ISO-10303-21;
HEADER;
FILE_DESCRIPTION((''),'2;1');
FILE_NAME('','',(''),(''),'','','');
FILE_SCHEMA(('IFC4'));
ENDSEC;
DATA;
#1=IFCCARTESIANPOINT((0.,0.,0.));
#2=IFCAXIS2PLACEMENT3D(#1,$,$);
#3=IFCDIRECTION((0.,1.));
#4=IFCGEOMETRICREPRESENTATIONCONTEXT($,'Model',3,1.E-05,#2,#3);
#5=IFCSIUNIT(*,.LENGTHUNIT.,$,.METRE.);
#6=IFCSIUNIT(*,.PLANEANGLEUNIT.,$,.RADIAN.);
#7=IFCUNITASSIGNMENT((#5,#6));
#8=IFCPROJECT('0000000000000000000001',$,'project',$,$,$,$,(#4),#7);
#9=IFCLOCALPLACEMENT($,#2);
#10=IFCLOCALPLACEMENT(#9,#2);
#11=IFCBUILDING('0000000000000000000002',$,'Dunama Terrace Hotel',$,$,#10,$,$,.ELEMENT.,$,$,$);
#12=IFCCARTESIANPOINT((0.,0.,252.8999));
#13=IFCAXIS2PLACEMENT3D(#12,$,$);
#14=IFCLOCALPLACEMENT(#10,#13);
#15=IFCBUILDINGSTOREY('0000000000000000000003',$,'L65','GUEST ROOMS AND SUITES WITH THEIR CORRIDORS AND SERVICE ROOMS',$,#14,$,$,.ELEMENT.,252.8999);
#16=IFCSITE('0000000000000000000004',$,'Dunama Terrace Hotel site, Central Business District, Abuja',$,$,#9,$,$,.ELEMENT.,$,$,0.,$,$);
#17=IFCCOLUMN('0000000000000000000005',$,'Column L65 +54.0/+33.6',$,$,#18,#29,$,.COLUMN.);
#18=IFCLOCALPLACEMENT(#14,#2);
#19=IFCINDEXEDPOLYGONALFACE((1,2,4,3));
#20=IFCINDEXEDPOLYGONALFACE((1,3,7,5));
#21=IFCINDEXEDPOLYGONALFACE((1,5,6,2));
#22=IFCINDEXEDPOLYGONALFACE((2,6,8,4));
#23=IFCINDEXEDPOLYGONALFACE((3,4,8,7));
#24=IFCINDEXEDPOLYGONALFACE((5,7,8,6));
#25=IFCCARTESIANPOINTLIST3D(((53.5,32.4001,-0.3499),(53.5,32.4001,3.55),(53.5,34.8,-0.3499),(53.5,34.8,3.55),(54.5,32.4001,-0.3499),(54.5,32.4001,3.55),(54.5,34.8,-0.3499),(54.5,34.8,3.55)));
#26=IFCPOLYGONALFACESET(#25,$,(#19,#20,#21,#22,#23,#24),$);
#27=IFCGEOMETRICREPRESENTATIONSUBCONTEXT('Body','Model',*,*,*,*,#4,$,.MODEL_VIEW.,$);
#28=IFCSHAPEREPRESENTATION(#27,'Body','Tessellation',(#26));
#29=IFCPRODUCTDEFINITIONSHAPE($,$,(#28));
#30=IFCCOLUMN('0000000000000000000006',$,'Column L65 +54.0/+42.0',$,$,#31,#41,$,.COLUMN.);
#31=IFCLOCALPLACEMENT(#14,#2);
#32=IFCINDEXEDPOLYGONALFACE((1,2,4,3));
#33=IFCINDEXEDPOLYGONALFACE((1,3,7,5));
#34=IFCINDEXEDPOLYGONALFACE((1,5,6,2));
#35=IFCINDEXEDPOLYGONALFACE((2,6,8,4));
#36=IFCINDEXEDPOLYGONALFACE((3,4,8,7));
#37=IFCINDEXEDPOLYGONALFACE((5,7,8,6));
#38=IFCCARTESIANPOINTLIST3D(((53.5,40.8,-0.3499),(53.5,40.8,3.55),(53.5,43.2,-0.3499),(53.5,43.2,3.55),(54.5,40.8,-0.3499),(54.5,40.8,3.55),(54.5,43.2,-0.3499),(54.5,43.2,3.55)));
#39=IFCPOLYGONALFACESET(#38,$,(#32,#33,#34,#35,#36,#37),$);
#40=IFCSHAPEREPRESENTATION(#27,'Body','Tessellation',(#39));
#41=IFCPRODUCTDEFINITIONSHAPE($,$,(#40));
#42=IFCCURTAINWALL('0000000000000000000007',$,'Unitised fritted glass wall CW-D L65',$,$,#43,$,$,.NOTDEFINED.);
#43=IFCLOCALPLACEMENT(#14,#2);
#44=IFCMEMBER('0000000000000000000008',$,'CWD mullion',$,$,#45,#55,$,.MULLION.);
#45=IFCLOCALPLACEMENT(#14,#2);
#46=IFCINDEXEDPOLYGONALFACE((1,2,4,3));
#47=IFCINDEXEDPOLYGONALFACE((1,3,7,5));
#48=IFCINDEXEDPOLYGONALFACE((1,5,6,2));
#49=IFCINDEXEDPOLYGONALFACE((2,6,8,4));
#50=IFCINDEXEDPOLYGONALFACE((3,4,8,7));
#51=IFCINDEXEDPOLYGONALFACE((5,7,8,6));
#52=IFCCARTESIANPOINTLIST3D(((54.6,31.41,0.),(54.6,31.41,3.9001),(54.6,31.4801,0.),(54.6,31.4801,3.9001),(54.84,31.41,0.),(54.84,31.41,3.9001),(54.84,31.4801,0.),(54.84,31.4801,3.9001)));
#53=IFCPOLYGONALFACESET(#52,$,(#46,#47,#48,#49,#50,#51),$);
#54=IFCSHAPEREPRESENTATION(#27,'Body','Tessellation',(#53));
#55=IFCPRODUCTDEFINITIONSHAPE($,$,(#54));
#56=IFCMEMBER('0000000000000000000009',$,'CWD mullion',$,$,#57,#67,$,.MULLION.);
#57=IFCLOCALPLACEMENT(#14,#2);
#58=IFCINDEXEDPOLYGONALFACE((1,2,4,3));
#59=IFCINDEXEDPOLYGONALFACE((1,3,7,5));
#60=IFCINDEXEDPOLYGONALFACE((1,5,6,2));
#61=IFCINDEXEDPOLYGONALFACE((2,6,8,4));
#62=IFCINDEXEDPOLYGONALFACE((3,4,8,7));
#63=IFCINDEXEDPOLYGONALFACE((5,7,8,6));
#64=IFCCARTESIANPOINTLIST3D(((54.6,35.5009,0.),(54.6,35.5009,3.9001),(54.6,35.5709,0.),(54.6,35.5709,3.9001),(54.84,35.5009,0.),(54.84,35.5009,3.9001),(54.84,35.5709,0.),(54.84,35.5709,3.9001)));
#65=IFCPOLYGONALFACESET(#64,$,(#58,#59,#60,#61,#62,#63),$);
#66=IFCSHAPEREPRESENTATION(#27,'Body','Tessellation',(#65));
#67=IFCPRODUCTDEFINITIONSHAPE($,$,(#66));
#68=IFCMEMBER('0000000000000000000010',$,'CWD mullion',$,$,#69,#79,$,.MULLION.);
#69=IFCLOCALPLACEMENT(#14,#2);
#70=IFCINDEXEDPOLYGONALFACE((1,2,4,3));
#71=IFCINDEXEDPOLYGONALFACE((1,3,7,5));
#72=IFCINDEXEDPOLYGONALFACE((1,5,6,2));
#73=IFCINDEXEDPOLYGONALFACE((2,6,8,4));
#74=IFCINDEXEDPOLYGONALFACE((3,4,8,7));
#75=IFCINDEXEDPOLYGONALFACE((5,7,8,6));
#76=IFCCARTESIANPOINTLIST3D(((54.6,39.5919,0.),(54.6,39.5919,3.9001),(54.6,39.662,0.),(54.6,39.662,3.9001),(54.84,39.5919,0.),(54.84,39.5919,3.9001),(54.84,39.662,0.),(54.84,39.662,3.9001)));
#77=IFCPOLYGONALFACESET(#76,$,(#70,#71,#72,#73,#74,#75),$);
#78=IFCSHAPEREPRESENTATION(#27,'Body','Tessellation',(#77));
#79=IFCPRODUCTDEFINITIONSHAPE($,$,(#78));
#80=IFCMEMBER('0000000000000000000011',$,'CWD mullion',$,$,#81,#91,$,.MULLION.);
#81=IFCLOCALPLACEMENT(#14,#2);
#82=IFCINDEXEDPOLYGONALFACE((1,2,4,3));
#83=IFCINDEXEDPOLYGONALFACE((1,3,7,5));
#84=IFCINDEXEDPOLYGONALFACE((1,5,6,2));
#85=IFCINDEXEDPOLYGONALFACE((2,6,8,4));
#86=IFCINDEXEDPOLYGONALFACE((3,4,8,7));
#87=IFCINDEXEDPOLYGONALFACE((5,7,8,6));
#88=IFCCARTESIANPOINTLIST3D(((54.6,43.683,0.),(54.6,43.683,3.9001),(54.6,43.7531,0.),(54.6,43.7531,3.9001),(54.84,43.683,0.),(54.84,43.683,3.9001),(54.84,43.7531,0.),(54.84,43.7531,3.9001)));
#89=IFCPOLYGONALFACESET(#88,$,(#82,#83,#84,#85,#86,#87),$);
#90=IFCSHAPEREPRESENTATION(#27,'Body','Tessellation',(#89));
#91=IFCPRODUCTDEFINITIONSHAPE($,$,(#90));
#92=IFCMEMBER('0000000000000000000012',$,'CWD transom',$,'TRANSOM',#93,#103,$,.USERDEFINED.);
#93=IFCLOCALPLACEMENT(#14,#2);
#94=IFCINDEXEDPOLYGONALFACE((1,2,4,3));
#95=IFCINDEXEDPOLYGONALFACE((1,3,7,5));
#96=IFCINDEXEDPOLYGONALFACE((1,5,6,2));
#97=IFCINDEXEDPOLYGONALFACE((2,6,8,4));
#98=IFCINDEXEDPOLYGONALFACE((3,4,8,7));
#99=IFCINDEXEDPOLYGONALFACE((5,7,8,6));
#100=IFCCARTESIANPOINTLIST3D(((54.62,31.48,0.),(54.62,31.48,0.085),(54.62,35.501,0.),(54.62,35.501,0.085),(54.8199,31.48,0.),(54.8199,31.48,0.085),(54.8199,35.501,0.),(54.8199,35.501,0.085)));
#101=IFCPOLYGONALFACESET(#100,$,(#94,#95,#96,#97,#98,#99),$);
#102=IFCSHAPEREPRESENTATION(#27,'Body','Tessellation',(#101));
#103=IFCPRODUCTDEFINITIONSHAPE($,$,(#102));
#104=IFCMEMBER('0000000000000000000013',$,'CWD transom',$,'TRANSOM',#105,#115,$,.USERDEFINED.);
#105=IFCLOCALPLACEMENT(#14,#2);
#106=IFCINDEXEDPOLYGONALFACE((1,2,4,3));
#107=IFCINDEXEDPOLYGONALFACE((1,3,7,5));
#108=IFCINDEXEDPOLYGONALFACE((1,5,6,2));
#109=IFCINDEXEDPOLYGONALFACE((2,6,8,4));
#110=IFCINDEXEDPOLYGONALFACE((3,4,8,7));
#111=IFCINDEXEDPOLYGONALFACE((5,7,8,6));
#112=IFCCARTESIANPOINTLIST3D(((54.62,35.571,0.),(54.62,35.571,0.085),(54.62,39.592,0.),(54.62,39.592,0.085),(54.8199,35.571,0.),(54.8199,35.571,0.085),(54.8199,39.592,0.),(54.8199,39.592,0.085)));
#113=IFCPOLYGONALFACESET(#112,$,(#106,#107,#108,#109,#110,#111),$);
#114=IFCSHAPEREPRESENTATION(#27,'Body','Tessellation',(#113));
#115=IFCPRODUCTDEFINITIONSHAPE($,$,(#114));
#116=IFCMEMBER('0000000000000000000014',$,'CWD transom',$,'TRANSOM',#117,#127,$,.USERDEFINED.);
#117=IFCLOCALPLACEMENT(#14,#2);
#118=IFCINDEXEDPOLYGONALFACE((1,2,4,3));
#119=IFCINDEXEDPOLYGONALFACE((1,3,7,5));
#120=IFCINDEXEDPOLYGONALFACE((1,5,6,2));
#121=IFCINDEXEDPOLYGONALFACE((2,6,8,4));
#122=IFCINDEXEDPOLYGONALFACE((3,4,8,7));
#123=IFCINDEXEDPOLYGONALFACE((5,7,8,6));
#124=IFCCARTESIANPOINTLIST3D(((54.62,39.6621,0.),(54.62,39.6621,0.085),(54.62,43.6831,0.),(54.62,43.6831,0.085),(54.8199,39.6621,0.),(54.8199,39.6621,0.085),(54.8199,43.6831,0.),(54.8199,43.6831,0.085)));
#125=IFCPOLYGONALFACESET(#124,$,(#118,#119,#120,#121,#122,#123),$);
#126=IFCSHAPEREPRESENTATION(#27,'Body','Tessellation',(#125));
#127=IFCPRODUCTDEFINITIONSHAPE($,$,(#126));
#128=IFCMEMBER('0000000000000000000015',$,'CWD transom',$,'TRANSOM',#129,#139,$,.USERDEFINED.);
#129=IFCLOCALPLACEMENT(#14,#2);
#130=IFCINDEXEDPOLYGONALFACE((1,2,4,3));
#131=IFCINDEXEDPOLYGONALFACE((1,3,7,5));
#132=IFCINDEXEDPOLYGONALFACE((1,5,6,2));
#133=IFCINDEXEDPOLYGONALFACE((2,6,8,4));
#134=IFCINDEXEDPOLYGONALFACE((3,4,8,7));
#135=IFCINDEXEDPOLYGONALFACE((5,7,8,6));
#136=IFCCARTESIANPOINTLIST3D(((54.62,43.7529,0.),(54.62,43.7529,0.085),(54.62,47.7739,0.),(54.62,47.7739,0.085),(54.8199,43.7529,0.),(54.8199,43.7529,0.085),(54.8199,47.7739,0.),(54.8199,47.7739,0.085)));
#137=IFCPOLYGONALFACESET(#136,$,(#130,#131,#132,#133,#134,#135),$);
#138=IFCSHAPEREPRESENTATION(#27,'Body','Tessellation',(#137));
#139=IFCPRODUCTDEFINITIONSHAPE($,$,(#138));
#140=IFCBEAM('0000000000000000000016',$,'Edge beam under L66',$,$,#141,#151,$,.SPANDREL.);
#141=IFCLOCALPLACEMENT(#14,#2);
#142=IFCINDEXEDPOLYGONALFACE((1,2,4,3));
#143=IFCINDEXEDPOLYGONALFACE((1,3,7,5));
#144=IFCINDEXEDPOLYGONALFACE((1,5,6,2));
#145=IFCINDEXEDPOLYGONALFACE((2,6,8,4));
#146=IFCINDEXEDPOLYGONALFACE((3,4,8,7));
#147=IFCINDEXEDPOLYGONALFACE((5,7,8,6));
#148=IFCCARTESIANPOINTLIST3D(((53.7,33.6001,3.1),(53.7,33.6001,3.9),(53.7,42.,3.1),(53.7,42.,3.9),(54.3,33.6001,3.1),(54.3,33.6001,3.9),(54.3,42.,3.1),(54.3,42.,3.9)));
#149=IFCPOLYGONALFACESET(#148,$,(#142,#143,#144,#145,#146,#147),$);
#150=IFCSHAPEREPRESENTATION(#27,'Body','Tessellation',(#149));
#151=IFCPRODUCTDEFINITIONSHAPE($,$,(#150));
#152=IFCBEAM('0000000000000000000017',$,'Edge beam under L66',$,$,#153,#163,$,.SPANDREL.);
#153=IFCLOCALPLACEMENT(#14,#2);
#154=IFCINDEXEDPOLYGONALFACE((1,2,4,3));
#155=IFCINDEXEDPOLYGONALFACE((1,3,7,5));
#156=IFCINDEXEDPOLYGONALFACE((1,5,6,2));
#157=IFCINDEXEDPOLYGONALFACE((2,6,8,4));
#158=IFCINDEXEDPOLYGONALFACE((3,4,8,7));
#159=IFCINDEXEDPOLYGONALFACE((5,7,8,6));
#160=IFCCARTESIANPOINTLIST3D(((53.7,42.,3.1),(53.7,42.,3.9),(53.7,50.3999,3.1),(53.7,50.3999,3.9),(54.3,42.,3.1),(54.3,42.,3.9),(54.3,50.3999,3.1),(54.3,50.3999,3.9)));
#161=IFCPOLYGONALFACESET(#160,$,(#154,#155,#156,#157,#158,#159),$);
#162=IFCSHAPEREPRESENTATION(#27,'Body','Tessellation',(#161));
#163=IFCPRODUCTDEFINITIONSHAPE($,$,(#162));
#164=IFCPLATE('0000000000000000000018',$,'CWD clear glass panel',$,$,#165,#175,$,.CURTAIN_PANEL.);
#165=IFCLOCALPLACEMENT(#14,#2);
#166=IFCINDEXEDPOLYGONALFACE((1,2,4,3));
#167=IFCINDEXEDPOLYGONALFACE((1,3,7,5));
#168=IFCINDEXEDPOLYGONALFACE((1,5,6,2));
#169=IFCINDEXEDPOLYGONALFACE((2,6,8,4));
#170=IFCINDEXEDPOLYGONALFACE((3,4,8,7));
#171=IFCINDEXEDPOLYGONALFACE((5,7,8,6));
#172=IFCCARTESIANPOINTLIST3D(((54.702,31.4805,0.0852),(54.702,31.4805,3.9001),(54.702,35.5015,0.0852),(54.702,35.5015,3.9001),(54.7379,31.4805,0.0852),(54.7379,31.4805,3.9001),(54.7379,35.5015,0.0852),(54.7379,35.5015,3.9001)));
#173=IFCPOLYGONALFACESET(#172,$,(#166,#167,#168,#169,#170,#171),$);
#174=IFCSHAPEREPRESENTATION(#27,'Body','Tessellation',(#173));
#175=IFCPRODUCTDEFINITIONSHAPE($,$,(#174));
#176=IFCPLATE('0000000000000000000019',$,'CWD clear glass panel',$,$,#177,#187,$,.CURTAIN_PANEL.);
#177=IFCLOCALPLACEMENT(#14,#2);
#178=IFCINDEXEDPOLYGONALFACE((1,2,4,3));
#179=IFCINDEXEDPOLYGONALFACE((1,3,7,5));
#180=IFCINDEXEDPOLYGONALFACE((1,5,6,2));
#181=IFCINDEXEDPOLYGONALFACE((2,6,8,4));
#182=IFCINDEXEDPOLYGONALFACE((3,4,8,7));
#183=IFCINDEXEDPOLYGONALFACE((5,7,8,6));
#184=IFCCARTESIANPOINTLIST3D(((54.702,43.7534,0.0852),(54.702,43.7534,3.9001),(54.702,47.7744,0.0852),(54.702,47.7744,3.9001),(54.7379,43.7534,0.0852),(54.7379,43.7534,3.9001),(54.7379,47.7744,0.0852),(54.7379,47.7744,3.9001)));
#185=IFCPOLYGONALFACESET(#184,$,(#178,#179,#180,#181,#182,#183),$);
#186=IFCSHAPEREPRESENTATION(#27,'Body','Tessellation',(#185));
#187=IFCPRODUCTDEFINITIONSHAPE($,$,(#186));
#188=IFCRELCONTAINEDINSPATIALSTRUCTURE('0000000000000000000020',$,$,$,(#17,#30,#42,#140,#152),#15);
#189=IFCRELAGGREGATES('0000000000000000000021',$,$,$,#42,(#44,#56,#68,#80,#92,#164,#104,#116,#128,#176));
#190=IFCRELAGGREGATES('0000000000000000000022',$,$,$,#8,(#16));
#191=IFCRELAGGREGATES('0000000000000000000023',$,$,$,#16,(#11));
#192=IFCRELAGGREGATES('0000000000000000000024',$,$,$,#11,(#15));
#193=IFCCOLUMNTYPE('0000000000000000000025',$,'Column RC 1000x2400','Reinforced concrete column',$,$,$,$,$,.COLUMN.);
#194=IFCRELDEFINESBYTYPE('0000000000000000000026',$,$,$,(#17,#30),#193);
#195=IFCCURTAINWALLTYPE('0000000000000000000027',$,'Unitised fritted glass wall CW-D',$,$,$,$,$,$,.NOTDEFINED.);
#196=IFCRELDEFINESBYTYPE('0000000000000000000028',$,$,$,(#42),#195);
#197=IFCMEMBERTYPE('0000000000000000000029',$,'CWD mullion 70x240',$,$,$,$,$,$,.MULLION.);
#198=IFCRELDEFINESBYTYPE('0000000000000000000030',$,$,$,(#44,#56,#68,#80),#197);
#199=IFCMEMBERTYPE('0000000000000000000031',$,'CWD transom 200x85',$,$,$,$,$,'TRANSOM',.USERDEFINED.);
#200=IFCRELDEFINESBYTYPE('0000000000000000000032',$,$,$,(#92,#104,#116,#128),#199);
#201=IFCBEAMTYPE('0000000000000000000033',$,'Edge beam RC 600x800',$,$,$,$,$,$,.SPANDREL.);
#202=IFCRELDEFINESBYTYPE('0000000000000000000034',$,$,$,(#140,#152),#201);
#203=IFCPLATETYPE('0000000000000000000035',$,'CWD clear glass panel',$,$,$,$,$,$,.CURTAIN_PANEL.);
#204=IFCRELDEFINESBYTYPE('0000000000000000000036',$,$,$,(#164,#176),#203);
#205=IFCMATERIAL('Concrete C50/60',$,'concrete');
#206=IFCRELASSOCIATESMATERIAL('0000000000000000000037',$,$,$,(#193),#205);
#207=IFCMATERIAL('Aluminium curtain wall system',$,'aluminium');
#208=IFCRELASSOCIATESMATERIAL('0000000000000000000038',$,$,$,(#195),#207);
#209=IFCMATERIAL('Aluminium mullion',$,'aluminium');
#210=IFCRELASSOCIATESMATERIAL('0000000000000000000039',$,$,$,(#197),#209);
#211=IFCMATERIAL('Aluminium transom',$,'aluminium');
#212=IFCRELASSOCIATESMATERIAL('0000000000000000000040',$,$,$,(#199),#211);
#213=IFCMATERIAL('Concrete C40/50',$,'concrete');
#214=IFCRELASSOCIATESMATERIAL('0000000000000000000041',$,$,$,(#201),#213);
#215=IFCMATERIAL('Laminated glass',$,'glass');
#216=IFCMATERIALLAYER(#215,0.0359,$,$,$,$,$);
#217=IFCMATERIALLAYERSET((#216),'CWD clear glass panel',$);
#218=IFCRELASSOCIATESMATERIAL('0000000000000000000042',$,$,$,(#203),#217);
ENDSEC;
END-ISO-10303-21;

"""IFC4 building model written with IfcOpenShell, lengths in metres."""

from ifc_helpers import new_model, si_unit, direction, frame, origin, origin_2d, place, context, subcontext, project, spatial, rectangle, extrude, material, layer, layer_set, material_profile, profile_set, type_object, element, aggregate, save


model = new_model("IFC4")

# Units and contexts
model_context = context("Model", 3, precision=1e-05, world=origin(), true_north=direction((0.0, 1.0)))
body_context = subcontext(model_context, "Body", "Model", "MODEL_VIEW")
ifc_project = project(units=[si_unit("LENGTHUNIT", "METRE"), si_unit("PLANEANGLEUNIT", "RADIAN")], contexts=[model_context])

# Site, building, storey
site_placement = place(None, origin())
site = spatial("IfcSite", under=ifc_project, at=site_placement, Name="Dunama Terrace Hotel site, Central Business District, Abuja", CompositionType="ELEMENT", RefElevation=0.0)
building_placement = place(site_placement, origin())
building = spatial("IfcBuilding", under=site, at=building_placement, Name="Dunama Terrace Hotel", CompositionType="ELEMENT")
storey_placement = place(building_placement, frame((0.0, 0.0, 252.8999)))
storey = spatial("IfcBuildingStorey", under=building, at=storey_placement, Name="L65", Description="GUEST ROOMS AND SUITES WITH THEIR CORRIDORS AND SERVICE ROOMS", CompositionType="ELEMENT", Elevation=252.8999)

# Columns
ifc_material_1 = material(Name="Concrete C50/60", Category="concrete")
ifc_material_profile_1 = material_profile(ifc_material_1, rectangle(XDim=1.0, YDim=2.3999, at=origin_2d()), Name="RC 1000x2400")
ifc_profile_set_1 = profile_set([ifc_material_profile_1], Name="Concrete C50/60")
column_type = type_object("IfcColumnType", Name="Column RC 1000x2400", Description="Reinforced concrete column", PredefinedType="COLUMN", material=ifc_profile_set_1)
for number, where, z_axis, x_axis, name in (
    (1, (54.0, 33.6001, -0.3499), (0.0, 0.0, 1.0), (1.0, 0.0, 0.0), "Column L65 +54.0/+33.6"),
    (2, (54.0, 42.0, -0.3499), (0.0, 0.0, 1.0), (1.0, 0.0, 0.0), "Column L65 +54.0/+42.0"),
):
    element("IfcColumn", number, at=place(storey_placement, frame(where, z_axis=z_axis, x_axis=x_axis)), inside=storey, type_object=column_type, Name=name, PredefinedType="COLUMN", context=body_context, shape_type="SweptSolid", body=[
        extrude(rectangle(XDim=1.0, YDim=2.3999, at=origin_2d()), origin(), (0.0, 0.0, 1.0), 3.8999),
    ])

# Curtain wall, members
ifc_material_2 = material(Name="Aluminium curtain wall system", Category="aluminium")
curtain_wall_type = type_object("IfcCurtainWallType", Name="Unitised fritted glass wall CW-D", PredefinedType="NOTDEFINED", material=ifc_material_2)
curtain_wall_placement = place(storey_placement, origin())
curtain_wall = element("IfcCurtainWall", 3, at=curtain_wall_placement, inside=storey, type_object=curtain_wall_type, Name="Unitised fritted glass wall CW-D L65", PredefinedType="NOTDEFINED")
ifc_material_3 = material(Name="Aluminium mullion", Category="aluminium")
ifc_material_profile_2 = material_profile(ifc_material_3, rectangle(XDim=0.0701, YDim=0.24, at=origin_2d()), Name="CWD MULLION 70X240")
ifc_profile_set_2 = profile_set([ifc_material_profile_2], Name="Aluminium mullion")
member_type_1 = type_object("IfcMemberType", Name="CWD mullion 70x240", PredefinedType="MULLION", material=ifc_profile_set_2)
member_1_placement = place(storey_placement, frame((54.72, 31.4451, 0.0), z_axis=(0.0, 0.0, 1.0), x_axis=(0.0, 1.0, 0.0)))
member_1 = element("IfcMember", 4, at=member_1_placement, type_object=member_type_1, Name="CWD mullion", PredefinedType="MULLION", context=body_context, shape_type="SweptSolid", body=[
    extrude(rectangle(XDim=0.0701, YDim=0.24, at=origin_2d()), origin(), (0.0, 0.0, 1.0), 3.9001),
])
member_2_placement = place(storey_placement, frame((54.72, 35.5359, 0.0), z_axis=(0.0, 0.0, 1.0), x_axis=(0.0, 1.0, 0.0)))
member_2 = element("IfcMember", 5, at=member_2_placement, type_object=member_type_1, Name="CWD mullion", PredefinedType="MULLION", context=body_context, shape_type="SweptSolid", body=[
    extrude(rectangle(XDim=0.0701, YDim=0.24, at=origin_2d()), origin(), (0.0, 0.0, 1.0), 3.9001),
])
member_3_placement = place(storey_placement, frame((54.72, 39.627, 0.0), z_axis=(0.0, 0.0, 1.0), x_axis=(0.0, 1.0, 0.0)))
member_3 = element("IfcMember", 6, at=member_3_placement, type_object=member_type_1, Name="CWD mullion", PredefinedType="MULLION", context=body_context, shape_type="SweptSolid", body=[
    extrude(rectangle(XDim=0.0701, YDim=0.24, at=origin_2d()), origin(), (0.0, 0.0, 1.0), 3.9001),
])
member_4_placement = place(storey_placement, frame((54.72, 43.718, 0.0), z_axis=(0.0, 0.0, 1.0), x_axis=(0.0, 1.0, 0.0)))
member_4 = element("IfcMember", 7, at=member_4_placement, type_object=member_type_1, Name="CWD mullion", PredefinedType="MULLION", context=body_context, shape_type="SweptSolid", body=[
    extrude(rectangle(XDim=0.0701, YDim=0.24, at=origin_2d()), origin(), (0.0, 0.0, 1.0), 3.9001),
])
ifc_material_4 = material(Name="Aluminium transom", Category="aluminium")
ifc_material_profile_3 = material_profile(ifc_material_4, rectangle(XDim=0.2, YDim=0.085, at=origin_2d()), Name="CWD TRANSOM 200X85")
ifc_profile_set_3 = profile_set([ifc_material_profile_3], Name="Aluminium transom")
member_type_2 = type_object("IfcMemberType", Name="CWD transom 200x85", ElementType="TRANSOM", PredefinedType="USERDEFINED", material=ifc_profile_set_3)
member_5_placement = place(storey_placement, frame((54.72, 31.48, 0.0425), z_axis=(0.0, 1.0, 0.0), x_axis=(-1.0, 0.0, 0.0)))
member_5 = element("IfcMember", 8, at=member_5_placement, type_object=member_type_2, Name="CWD transom", ObjectType="TRANSOM", PredefinedType="USERDEFINED", context=body_context, shape_type="SweptSolid", body=[
    extrude(rectangle(XDim=0.2, YDim=0.085, at=origin_2d()), origin(), (0.0, 0.0, 1.0), 4.021),
])
member_6_placement = place(storey_placement, frame((54.72, 35.571, 0.0425), z_axis=(0.0, 1.0, 0.0), x_axis=(-1.0, 0.0, 0.0)))
member_6 = element("IfcMember", 9, at=member_6_placement, type_object=member_type_2, Name="CWD transom", ObjectType="TRANSOM", PredefinedType="USERDEFINED", context=body_context, shape_type="SweptSolid", body=[
    extrude(rectangle(XDim=0.2, YDim=0.085, at=origin_2d()), origin(), (0.0, 0.0, 1.0), 4.021),
])
member_7_placement = place(storey_placement, frame((54.72, 39.6621, 0.0425), z_axis=(0.0, 1.0, 0.0), x_axis=(-1.0, 0.0, 0.0)))
member_7 = element("IfcMember", 10, at=member_7_placement, type_object=member_type_2, Name="CWD transom", ObjectType="TRANSOM", PredefinedType="USERDEFINED", context=body_context, shape_type="SweptSolid", body=[
    extrude(rectangle(XDim=0.2, YDim=0.085, at=origin_2d()), origin(), (0.0, 0.0, 1.0), 4.021),
])
member_8_placement = place(storey_placement, frame((54.72, 43.7529, 0.0425), z_axis=(0.0, 1.0, 0.0), x_axis=(-1.0, 0.0, 0.0)))
member_8 = element("IfcMember", 11, at=member_8_placement, type_object=member_type_2, Name="CWD transom", ObjectType="TRANSOM", PredefinedType="USERDEFINED", context=body_context, shape_type="SweptSolid", body=[
    extrude(rectangle(XDim=0.2, YDim=0.085, at=origin_2d()), origin(), (0.0, 0.0, 1.0), 4.021),
])

# Beams
ifc_material_5 = material(Name="Concrete C40/50", Category="concrete")
ifc_material_profile_4 = material_profile(ifc_material_5, rectangle(XDim=0.6001, YDim=0.8, at=origin_2d()), Name="RC 600x800")
ifc_profile_set_4 = profile_set([ifc_material_profile_4], Name="Concrete C40/50")
beam_type = type_object("IfcBeamType", Name="Edge beam RC 600x800", PredefinedType="SPANDREL", material=ifc_profile_set_4)
for number, where, z_axis, x_axis, name in (
    (12, (54.0, 33.6001, 3.5), (0.0, 1.0, 0.0), (-1.0, 0.0, 0.0), "Edge beam under L66"),
    (13, (54.0, 42.0, 3.5), (0.0, 1.0, 0.0), (-1.0, 0.0, 0.0), "Edge beam under L66"),
):
    element("IfcBeam", number, at=place(storey_placement, frame(where, z_axis=z_axis, x_axis=x_axis)), inside=storey, type_object=beam_type, Name=name, PredefinedType="SPANDREL", context=body_context, shape_type="SweptSolid", body=[
        extrude(rectangle(XDim=0.6001, YDim=0.8, at=origin_2d()), origin(), (0.0, 0.0, 1.0), 8.3999),
    ])

# Plates
ifc_material_6 = material(Name="Laminated glass", Category="glass")
ifc_layer_1 = layer(ifc_material_6, 0.0359)
ifc_layer_set_1 = layer_set([ifc_layer_1], Name="CWD clear glass panel")
plate_type_1 = type_object("IfcPlateType", Name="CWD clear glass panel", PredefinedType="CURTAIN_PANEL", material=ifc_layer_set_1)
plate_1_placement = place(storey_placement, frame((54.72, 33.491, 0.0852), z_axis=(0.0, 0.0, 1.0), x_axis=(0.0, 1.0, 0.0)))
plate_1 = element("IfcPlate", 14, at=plate_1_placement, type_object=plate_type_1, Name="CWD clear glass panel", PredefinedType="CURTAIN_PANEL", context=body_context, shape_type="SweptSolid", body=[
    extrude(rectangle(XDim=4.021, YDim=0.0359, at=origin_2d()), origin(), (0.0, 0.0, 1.0), 3.8149),
])
plate_2_placement = place(storey_placement, frame((54.72, 45.7639, 0.0852), z_axis=(0.0, 0.0, 1.0), x_axis=(0.0, 1.0, 0.0)))
plate_2 = element("IfcPlate", 15, at=plate_2_placement, type_object=plate_type_1, Name="CWD clear glass panel", PredefinedType="CURTAIN_PANEL", context=body_context, shape_type="SweptSolid", body=[
    extrude(rectangle(XDim=4.021, YDim=0.0359, at=origin_2d()), origin(), (0.0, 0.0, 1.0), 3.8149),
])
aggregate(curtain_wall, [member_1, member_2, member_3, member_4, member_5, plate_1, member_6, member_7, member_8, plate_2])

save(model, "model.ifc")
